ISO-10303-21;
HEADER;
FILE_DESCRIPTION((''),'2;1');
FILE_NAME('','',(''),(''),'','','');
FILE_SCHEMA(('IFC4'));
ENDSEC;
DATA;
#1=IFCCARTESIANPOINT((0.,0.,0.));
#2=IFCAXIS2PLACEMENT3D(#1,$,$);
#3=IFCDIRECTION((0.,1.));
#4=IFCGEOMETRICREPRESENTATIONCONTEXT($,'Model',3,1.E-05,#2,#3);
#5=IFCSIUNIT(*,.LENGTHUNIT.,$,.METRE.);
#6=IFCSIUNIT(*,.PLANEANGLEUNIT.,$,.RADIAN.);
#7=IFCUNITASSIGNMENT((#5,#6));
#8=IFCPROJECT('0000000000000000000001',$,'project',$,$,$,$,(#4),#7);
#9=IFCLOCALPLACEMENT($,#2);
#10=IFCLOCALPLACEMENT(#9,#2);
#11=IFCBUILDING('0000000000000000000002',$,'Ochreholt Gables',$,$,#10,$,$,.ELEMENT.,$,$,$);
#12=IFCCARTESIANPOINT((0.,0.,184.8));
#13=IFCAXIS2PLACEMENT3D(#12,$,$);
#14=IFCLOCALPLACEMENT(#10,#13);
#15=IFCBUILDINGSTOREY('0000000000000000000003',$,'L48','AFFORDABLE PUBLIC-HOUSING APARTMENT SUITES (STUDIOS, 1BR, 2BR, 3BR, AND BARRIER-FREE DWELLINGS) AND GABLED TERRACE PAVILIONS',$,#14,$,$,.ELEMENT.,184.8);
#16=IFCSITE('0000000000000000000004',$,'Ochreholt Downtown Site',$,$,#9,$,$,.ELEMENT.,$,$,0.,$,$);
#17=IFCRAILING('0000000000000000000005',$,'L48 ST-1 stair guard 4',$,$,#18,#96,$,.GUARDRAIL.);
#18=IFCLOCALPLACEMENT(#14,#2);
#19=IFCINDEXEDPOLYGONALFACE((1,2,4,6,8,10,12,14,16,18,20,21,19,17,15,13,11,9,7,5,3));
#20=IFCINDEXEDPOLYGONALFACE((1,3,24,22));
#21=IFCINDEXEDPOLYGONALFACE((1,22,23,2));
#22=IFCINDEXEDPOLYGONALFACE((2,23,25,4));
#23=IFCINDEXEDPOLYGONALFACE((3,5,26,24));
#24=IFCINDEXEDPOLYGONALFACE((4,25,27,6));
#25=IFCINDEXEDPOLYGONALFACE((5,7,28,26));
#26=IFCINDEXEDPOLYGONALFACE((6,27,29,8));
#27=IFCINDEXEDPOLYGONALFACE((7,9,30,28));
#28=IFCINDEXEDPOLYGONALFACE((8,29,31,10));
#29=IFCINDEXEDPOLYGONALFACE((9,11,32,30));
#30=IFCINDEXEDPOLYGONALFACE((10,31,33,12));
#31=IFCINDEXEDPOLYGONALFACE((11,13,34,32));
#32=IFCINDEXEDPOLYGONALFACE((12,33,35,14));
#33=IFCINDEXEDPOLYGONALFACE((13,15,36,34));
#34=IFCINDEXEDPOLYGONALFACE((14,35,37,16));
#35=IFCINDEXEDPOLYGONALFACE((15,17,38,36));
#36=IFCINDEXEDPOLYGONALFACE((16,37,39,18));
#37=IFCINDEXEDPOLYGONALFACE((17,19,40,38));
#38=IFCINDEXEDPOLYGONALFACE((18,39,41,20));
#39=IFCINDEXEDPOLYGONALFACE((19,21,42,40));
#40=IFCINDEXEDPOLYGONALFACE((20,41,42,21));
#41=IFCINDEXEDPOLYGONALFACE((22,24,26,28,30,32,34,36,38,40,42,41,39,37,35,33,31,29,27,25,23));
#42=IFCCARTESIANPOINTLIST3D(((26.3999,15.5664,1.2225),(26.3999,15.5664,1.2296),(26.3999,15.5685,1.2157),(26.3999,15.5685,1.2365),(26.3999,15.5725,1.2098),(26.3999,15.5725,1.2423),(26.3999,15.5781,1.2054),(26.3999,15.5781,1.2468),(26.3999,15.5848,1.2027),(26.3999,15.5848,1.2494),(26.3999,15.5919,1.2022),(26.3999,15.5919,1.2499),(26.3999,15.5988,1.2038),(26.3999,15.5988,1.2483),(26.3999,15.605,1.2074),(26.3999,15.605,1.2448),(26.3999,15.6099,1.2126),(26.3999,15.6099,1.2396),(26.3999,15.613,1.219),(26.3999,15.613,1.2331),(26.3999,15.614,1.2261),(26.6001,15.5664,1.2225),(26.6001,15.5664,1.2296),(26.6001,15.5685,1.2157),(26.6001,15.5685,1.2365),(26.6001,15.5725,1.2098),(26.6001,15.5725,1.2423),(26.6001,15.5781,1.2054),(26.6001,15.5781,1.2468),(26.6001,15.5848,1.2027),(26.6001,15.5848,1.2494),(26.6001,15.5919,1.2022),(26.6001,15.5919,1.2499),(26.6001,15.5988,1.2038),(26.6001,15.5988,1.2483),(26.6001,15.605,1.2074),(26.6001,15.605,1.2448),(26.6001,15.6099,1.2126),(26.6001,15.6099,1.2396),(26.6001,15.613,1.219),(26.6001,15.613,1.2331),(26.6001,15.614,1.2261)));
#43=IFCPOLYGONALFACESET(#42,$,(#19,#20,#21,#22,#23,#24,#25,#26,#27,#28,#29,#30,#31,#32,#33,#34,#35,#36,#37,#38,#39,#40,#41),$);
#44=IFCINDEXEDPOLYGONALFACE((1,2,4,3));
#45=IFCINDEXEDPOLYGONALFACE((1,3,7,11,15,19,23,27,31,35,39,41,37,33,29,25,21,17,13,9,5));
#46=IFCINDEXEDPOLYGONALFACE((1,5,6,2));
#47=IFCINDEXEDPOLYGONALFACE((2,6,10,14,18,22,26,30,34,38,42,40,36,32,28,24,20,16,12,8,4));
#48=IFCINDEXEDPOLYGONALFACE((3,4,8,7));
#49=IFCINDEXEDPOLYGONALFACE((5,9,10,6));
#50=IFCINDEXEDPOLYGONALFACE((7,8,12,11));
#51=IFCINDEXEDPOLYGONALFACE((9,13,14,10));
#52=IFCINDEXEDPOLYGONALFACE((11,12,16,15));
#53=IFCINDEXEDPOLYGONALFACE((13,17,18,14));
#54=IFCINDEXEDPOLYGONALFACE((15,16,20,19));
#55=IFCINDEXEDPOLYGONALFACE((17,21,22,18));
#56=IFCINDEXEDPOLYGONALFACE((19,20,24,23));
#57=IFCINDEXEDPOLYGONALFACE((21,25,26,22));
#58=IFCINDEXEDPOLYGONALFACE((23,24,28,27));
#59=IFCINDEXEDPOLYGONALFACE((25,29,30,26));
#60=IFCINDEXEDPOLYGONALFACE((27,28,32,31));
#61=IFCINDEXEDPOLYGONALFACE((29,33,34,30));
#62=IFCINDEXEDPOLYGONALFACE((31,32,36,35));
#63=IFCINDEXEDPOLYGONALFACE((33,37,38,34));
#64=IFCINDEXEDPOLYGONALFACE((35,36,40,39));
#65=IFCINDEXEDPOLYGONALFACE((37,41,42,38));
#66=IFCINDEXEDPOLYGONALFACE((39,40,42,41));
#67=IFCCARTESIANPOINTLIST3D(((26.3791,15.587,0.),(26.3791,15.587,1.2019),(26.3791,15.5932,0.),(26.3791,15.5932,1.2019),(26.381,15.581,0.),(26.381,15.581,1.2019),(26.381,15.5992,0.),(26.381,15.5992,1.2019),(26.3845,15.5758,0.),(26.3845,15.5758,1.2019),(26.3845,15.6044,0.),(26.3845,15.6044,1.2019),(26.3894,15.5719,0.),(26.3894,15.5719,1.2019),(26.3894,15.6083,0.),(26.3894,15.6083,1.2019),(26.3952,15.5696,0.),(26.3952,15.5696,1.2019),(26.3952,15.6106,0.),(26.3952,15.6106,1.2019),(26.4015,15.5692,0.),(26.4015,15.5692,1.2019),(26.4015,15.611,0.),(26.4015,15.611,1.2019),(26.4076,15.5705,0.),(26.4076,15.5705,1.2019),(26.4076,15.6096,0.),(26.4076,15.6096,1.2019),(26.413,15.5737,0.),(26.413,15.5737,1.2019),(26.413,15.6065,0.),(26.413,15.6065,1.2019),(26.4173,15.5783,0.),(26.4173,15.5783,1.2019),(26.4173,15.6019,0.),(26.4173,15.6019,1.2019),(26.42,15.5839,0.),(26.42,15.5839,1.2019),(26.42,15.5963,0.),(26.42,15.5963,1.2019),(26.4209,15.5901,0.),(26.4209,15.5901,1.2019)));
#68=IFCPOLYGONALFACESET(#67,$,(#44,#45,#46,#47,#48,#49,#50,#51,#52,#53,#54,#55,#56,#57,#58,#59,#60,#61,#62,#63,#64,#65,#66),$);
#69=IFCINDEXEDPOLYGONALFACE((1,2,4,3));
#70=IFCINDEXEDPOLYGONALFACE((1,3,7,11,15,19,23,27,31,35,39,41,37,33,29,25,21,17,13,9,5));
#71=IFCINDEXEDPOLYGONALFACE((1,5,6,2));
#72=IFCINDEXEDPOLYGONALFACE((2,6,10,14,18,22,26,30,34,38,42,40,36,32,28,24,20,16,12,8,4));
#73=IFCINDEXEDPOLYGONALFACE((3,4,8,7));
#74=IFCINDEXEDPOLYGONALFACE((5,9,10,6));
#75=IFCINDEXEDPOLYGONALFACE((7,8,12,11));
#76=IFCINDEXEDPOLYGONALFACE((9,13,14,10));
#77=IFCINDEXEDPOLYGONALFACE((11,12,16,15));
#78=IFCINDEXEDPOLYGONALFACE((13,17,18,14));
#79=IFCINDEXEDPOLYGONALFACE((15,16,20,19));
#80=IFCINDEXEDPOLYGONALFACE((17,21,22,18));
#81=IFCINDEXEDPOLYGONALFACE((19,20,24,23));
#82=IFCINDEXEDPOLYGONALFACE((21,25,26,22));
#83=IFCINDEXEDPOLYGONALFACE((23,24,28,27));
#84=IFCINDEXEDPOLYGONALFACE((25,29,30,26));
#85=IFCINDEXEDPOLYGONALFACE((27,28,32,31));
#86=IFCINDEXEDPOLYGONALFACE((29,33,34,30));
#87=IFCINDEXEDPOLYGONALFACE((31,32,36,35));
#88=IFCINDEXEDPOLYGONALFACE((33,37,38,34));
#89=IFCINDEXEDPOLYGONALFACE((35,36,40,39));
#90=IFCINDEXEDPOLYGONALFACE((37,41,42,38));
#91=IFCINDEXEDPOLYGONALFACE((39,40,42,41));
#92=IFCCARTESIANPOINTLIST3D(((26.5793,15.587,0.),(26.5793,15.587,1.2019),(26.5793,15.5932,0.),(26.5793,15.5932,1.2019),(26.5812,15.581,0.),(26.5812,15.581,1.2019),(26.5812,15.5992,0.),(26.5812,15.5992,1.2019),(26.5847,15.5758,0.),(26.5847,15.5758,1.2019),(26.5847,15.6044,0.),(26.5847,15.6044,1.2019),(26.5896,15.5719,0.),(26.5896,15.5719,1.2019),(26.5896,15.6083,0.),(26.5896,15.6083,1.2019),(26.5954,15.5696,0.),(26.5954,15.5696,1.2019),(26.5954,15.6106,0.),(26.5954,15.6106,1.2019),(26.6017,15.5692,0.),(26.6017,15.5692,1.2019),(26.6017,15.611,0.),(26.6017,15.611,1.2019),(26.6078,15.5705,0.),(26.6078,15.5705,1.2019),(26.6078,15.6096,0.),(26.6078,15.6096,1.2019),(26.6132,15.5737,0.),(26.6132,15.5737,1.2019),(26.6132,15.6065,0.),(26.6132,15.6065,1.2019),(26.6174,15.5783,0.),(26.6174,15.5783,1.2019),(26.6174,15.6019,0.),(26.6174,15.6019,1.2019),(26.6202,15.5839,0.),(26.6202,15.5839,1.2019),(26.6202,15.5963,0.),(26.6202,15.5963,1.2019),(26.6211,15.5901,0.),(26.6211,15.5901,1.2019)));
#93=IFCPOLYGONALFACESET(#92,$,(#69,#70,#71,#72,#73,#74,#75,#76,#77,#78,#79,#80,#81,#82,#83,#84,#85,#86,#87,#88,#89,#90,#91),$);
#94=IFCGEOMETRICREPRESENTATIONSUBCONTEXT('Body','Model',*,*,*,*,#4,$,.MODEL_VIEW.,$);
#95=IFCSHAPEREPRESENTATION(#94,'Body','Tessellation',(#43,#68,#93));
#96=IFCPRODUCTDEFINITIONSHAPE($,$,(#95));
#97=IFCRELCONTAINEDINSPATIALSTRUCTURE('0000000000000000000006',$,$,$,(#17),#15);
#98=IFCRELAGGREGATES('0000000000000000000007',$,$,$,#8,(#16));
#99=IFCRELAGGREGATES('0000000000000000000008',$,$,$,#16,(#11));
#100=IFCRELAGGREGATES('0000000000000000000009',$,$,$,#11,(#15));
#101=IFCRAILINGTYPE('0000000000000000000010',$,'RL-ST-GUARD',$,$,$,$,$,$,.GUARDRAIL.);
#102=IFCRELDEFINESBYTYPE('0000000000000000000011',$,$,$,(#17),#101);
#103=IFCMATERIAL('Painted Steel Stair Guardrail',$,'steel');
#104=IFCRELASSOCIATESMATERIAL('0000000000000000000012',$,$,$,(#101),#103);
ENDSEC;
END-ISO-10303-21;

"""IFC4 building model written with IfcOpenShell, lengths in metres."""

from ifc_helpers import new_model, si_unit, direction, frame, origin, origin_2d, place, context, subcontext, project, spatial, circle, extrude, material, type_object, element, save


model = new_model("IFC4")

# Units and contexts
model_context = context("Model", 3, precision=1e-05, world=origin(), true_north=direction((0.0, 1.0)))
body_context = subcontext(model_context, "Body", "Model", "MODEL_VIEW")
ifc_project = project(units=[si_unit("LENGTHUNIT", "METRE"), si_unit("PLANEANGLEUNIT", "RADIAN")], contexts=[model_context])

# Site, building, storey
site_placement = place(None, origin())
site = spatial("IfcSite", under=ifc_project, at=site_placement, Name="Ochreholt Downtown Site", CompositionType="ELEMENT", RefElevation=0.0)
building_placement = place(site_placement, origin())
building = spatial("IfcBuilding", under=site, at=building_placement, Name="Ochreholt Gables", CompositionType="ELEMENT")
storey_placement = place(building_placement, frame((0.0, 0.0, 184.8)))
storey = spatial("IfcBuildingStorey", under=building, at=storey_placement, Name="L48", Description="AFFORDABLE PUBLIC-HOUSING APARTMENT SUITES (STUDIOS, 1BR, 2BR, 3BR, AND BARRIER-FREE DWELLINGS) AND GABLED TERRACE PAVILIONS", CompositionType="ELEMENT", Elevation=184.8)

# Railing
ifc_material_1 = material(Name="Painted Steel Stair Guardrail", Category="steel")
railing_type = type_object("IfcRailingType", Name="RL-ST-GUARD", PredefinedType="GUARDRAIL", material=ifc_material_1)
railing_1_placement = place(storey_placement, frame((26.3999, 15.5901, 0.0)))
element("IfcRailing", 1, at=railing_1_placement, inside=storey, type_object=railing_type, Name="L48 ST-1 stair guard 4", PredefinedType="GUARDRAIL", context=body_context, shape_type="SweptSolid", body=[
    extrude(circle(Radius=0.0239, at=origin_2d()), frame((0.0, 0.0, 1.2261), z_axis=(1.0, 0.0, 0.0), x_axis=(0.0, 1.0, 0.0)), (0.0, 0.0, 1.0), 0.2002),
    extrude(circle(Radius=0.021, at=origin_2d()), origin(), (0.0, 0.0, 1.0), 1.2019),
    extrude(circle(Radius=0.021, at=origin_2d()), frame((0.2002, 0.0, 0.0)), (0.0, 0.0, 1.0), 1.2019),
])

save(model, "model.ifc")
